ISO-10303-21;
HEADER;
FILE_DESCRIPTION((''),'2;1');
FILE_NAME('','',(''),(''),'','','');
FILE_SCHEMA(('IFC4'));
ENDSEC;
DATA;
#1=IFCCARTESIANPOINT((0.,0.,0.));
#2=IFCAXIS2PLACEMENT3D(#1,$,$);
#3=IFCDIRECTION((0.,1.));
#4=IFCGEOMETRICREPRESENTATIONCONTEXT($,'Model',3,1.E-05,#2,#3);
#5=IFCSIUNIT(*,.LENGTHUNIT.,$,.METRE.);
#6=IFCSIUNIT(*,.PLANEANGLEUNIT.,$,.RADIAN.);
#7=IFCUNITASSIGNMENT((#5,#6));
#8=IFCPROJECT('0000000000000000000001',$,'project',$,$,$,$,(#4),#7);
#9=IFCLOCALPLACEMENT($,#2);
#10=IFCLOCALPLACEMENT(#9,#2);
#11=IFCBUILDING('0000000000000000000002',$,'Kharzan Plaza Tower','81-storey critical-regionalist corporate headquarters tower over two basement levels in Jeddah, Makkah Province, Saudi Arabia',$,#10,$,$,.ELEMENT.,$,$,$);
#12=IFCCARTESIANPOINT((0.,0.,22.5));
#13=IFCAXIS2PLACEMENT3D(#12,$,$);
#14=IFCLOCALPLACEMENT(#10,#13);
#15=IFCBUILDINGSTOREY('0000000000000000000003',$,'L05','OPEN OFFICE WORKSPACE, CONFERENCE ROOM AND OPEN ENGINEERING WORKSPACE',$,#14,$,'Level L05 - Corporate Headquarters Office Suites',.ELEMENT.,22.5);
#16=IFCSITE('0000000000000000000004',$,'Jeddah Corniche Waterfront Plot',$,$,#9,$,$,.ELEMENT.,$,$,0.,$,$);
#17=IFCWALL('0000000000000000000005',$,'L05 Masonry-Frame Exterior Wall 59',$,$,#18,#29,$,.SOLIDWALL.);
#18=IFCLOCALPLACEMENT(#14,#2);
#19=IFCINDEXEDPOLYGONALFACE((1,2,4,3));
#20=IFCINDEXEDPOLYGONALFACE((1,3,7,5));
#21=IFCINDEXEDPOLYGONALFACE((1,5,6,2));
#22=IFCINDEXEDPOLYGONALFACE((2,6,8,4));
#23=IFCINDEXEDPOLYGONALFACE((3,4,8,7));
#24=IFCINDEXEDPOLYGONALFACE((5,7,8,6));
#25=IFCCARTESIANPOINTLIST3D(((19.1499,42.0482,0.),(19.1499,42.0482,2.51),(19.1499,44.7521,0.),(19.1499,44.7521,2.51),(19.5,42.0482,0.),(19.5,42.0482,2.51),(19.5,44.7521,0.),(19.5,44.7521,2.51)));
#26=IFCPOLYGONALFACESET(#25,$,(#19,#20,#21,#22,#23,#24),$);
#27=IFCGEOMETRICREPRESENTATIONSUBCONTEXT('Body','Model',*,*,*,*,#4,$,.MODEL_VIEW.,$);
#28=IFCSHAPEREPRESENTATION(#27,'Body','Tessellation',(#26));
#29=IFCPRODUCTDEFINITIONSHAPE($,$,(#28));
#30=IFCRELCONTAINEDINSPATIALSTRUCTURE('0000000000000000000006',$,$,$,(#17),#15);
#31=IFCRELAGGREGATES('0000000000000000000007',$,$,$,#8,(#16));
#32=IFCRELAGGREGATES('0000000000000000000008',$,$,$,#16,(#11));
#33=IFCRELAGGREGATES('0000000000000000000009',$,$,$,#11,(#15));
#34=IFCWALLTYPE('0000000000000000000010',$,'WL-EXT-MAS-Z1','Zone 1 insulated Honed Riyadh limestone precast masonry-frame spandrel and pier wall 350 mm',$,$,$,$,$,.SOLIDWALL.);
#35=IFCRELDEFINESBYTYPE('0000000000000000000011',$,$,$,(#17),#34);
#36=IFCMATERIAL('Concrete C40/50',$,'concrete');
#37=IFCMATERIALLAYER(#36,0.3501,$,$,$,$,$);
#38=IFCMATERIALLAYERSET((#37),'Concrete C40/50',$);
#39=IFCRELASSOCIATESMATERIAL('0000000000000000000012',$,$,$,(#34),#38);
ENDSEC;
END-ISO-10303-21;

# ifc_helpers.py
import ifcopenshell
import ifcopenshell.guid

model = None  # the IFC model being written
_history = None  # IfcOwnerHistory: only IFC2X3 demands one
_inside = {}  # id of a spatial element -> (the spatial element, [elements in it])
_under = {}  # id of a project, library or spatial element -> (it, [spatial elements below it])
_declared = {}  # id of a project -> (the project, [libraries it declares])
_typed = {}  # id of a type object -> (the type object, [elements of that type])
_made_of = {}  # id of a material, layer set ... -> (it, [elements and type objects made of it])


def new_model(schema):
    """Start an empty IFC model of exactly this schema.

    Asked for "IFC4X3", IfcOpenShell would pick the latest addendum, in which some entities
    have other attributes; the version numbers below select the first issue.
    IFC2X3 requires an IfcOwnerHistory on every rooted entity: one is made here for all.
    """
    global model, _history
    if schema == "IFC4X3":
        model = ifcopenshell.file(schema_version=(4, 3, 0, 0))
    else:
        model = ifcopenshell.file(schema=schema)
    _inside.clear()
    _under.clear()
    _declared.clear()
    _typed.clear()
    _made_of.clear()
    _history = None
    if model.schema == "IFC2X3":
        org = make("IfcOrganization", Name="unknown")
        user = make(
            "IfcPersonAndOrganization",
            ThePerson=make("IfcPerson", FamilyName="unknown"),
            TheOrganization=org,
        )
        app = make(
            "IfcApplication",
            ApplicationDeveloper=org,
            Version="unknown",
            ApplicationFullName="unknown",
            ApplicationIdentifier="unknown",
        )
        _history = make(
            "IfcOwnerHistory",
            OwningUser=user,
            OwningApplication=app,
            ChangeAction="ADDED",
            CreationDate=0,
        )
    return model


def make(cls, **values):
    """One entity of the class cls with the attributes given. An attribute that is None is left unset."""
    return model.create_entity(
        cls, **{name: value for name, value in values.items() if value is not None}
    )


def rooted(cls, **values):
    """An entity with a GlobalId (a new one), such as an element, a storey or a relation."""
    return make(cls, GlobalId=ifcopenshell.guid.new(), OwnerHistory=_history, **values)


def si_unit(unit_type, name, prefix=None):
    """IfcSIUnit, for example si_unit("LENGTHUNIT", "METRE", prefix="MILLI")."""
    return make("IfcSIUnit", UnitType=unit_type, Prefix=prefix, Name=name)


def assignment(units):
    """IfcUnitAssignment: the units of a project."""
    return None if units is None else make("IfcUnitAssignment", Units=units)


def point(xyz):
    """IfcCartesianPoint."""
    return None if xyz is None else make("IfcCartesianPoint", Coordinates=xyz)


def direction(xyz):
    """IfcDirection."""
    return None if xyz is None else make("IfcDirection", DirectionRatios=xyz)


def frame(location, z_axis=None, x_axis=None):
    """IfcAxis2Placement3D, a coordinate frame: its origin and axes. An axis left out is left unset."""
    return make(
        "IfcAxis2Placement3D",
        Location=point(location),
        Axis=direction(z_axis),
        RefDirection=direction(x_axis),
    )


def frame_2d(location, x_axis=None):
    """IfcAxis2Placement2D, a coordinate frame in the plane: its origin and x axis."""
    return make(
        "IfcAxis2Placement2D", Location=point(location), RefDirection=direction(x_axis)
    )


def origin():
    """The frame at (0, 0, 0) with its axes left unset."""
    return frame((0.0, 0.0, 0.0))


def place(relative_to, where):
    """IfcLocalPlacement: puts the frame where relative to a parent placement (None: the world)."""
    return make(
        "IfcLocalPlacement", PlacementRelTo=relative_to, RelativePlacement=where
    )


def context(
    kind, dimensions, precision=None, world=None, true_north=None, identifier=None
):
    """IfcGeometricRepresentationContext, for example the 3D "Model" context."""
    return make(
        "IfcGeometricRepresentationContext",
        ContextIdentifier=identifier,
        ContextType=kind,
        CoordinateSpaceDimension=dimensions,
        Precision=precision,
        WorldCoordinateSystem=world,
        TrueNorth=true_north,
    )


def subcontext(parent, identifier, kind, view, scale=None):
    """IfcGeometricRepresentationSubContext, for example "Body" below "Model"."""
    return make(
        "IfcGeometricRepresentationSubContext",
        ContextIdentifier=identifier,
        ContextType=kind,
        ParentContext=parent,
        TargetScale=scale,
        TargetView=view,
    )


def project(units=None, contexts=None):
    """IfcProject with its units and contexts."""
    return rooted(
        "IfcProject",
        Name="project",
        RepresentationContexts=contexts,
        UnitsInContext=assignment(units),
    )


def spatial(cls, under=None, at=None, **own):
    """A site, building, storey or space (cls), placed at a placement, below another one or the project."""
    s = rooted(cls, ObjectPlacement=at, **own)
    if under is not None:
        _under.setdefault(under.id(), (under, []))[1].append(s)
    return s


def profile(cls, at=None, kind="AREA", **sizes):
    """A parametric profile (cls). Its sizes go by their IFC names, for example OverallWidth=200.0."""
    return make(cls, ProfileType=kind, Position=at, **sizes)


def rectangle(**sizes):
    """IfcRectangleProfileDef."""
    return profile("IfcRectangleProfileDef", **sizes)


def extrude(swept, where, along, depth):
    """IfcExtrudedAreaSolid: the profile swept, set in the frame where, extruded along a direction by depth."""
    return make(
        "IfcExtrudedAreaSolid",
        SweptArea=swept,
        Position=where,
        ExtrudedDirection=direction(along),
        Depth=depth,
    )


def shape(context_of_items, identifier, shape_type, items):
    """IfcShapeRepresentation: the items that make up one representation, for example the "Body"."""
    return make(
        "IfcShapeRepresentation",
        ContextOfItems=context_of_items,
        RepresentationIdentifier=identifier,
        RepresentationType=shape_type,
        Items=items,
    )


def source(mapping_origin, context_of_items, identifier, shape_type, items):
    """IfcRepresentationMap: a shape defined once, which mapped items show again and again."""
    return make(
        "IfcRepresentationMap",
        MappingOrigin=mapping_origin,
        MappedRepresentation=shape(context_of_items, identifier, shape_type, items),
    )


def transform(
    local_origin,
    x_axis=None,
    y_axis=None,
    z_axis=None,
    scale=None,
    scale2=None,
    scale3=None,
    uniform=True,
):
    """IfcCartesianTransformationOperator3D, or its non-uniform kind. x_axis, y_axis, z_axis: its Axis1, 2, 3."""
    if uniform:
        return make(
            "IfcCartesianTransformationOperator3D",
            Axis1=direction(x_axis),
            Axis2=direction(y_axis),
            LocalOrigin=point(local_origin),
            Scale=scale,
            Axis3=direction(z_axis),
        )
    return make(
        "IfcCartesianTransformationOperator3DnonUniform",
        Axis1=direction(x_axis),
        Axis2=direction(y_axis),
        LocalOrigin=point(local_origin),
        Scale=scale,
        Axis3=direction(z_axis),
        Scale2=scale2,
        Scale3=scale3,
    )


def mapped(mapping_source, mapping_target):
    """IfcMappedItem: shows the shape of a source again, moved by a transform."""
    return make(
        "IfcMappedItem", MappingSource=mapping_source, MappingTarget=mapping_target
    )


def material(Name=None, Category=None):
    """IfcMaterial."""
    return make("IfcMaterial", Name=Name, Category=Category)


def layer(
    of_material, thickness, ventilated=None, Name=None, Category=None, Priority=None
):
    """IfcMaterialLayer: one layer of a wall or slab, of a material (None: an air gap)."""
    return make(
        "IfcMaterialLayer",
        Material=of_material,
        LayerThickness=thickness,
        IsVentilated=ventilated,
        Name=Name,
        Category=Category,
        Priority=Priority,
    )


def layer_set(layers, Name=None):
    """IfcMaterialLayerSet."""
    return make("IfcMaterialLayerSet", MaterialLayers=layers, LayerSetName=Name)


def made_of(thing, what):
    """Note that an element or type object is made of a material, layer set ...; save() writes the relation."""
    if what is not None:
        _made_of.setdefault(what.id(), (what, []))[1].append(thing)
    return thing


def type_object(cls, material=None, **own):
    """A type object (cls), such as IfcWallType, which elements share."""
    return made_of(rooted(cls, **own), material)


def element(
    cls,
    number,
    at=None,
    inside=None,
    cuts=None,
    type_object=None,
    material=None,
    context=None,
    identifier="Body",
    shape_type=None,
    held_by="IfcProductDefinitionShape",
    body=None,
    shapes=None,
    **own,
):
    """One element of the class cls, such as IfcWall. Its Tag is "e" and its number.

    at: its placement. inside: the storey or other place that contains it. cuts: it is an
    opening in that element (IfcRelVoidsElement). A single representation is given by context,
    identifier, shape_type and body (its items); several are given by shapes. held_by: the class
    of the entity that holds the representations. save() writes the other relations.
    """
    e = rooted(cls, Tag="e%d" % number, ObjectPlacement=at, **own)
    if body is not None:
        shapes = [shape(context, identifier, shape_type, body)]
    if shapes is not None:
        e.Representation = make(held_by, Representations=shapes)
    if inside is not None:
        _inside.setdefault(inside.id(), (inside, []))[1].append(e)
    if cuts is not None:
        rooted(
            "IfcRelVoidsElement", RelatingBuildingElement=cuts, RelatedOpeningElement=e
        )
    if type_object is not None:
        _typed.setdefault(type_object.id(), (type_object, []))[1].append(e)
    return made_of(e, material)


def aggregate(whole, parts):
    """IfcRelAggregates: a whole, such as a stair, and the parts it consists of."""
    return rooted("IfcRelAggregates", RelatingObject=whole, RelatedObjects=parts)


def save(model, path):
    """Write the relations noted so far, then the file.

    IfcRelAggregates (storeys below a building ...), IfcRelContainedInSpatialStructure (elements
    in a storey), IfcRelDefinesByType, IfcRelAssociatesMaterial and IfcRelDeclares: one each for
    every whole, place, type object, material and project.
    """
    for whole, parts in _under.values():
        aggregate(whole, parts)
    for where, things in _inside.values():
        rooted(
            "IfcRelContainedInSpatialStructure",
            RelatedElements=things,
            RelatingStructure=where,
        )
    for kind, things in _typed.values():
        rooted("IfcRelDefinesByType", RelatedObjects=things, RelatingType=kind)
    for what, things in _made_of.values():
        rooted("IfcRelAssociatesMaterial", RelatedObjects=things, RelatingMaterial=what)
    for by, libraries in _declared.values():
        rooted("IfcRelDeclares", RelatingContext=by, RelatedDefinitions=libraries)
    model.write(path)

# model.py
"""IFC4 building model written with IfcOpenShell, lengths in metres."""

from ifc_helpers import new_model, si_unit, direction, frame, frame_2d, origin, place, context, subcontext, project, spatial, rectangle, extrude, source, transform, mapped, material, layer, layer_set, type_object, element, save


model = new_model("IFC4")

# Units and contexts
model_context = context("Model", 3, precision=1e-05, world=origin(), true_north=direction((0.0, 1.0)))
body_context = subcontext(model_context, "Body", "Model", "MODEL_VIEW")
ifc_project = project(units=[si_unit("LENGTHUNIT", "METRE"), si_unit("PLANEANGLEUNIT", "RADIAN")], contexts=[model_context])

# Site, building, storey
site_placement = place(None, origin())
site = spatial("IfcSite", under=ifc_project, at=site_placement, Name="Jeddah Corniche Waterfront Plot", CompositionType="ELEMENT", RefElevation=0.0)
building_placement = place(site_placement, origin())
building = spatial("IfcBuilding", under=site, at=building_placement, Name="Kharzan Plaza Tower", Description="81-storey critical-regionalist corporate headquarters tower over two basement levels in Jeddah, Makkah Province, Saudi Arabia", CompositionType="ELEMENT")
storey_placement = place(building_placement, frame((0.0, 0.0, 22.5)))
storey = spatial("IfcBuildingStorey", under=building, at=storey_placement, Name="L05", Description="OPEN OFFICE WORKSPACE, CONFERENCE ROOM AND OPEN ENGINEERING WORKSPACE", LongName="Level L05 - Corporate Headquarters Office Suites", CompositionType="ELEMENT", Elevation=22.5)

# Shared definitions
ifc_material_1 = material(Name="Concrete C40/50", Category="concrete")
ifc_layer_1 = layer(ifc_material_1, 0.3501)
ifc_layer_set_1 = layer_set([ifc_layer_1], Name="Concrete C40/50")
wall_type = type_object("IfcWallType", Name="WL-EXT-MAS-Z1", Description="Zone 1 insulated Honed Riyadh limestone precast masonry-frame spandrel and pier wall 350 mm", PredefinedType="SOLIDWALL", material=ifc_layer_set_1)

# Wall
shared_shape_1 = source(origin(), body_context, "Body", "SweptSolid", [
    extrude(rectangle(XDim=2.7039, YDim=0.3501, at=frame_2d((1.3521, 0.0))), origin(), (0.0, 0.0, 1.0), 2.51),
])
wall_1_placement = place(storey_placement, frame((19.325, 42.0481, 0.0), z_axis=(0.0, 0.0, 1.0), x_axis=(0.0, 1.0, 0.0)))
element("IfcWall", 1, at=wall_1_placement, inside=storey, type_object=wall_type, Name="L05 Masonry-Frame Exterior Wall 59", PredefinedType="SOLIDWALL", context=body_context, shape_type="MappedRepresentation", body=[
    mapped(shared_shape_1, transform((0.0, 0.0, 0.0), x_axis=(1.0, 0.0, 0.0), y_axis=(0.0, 1.0, 0.0), z_axis=(0.0, 0.0, 1.0))),
])

save(model, "model.ifc")
